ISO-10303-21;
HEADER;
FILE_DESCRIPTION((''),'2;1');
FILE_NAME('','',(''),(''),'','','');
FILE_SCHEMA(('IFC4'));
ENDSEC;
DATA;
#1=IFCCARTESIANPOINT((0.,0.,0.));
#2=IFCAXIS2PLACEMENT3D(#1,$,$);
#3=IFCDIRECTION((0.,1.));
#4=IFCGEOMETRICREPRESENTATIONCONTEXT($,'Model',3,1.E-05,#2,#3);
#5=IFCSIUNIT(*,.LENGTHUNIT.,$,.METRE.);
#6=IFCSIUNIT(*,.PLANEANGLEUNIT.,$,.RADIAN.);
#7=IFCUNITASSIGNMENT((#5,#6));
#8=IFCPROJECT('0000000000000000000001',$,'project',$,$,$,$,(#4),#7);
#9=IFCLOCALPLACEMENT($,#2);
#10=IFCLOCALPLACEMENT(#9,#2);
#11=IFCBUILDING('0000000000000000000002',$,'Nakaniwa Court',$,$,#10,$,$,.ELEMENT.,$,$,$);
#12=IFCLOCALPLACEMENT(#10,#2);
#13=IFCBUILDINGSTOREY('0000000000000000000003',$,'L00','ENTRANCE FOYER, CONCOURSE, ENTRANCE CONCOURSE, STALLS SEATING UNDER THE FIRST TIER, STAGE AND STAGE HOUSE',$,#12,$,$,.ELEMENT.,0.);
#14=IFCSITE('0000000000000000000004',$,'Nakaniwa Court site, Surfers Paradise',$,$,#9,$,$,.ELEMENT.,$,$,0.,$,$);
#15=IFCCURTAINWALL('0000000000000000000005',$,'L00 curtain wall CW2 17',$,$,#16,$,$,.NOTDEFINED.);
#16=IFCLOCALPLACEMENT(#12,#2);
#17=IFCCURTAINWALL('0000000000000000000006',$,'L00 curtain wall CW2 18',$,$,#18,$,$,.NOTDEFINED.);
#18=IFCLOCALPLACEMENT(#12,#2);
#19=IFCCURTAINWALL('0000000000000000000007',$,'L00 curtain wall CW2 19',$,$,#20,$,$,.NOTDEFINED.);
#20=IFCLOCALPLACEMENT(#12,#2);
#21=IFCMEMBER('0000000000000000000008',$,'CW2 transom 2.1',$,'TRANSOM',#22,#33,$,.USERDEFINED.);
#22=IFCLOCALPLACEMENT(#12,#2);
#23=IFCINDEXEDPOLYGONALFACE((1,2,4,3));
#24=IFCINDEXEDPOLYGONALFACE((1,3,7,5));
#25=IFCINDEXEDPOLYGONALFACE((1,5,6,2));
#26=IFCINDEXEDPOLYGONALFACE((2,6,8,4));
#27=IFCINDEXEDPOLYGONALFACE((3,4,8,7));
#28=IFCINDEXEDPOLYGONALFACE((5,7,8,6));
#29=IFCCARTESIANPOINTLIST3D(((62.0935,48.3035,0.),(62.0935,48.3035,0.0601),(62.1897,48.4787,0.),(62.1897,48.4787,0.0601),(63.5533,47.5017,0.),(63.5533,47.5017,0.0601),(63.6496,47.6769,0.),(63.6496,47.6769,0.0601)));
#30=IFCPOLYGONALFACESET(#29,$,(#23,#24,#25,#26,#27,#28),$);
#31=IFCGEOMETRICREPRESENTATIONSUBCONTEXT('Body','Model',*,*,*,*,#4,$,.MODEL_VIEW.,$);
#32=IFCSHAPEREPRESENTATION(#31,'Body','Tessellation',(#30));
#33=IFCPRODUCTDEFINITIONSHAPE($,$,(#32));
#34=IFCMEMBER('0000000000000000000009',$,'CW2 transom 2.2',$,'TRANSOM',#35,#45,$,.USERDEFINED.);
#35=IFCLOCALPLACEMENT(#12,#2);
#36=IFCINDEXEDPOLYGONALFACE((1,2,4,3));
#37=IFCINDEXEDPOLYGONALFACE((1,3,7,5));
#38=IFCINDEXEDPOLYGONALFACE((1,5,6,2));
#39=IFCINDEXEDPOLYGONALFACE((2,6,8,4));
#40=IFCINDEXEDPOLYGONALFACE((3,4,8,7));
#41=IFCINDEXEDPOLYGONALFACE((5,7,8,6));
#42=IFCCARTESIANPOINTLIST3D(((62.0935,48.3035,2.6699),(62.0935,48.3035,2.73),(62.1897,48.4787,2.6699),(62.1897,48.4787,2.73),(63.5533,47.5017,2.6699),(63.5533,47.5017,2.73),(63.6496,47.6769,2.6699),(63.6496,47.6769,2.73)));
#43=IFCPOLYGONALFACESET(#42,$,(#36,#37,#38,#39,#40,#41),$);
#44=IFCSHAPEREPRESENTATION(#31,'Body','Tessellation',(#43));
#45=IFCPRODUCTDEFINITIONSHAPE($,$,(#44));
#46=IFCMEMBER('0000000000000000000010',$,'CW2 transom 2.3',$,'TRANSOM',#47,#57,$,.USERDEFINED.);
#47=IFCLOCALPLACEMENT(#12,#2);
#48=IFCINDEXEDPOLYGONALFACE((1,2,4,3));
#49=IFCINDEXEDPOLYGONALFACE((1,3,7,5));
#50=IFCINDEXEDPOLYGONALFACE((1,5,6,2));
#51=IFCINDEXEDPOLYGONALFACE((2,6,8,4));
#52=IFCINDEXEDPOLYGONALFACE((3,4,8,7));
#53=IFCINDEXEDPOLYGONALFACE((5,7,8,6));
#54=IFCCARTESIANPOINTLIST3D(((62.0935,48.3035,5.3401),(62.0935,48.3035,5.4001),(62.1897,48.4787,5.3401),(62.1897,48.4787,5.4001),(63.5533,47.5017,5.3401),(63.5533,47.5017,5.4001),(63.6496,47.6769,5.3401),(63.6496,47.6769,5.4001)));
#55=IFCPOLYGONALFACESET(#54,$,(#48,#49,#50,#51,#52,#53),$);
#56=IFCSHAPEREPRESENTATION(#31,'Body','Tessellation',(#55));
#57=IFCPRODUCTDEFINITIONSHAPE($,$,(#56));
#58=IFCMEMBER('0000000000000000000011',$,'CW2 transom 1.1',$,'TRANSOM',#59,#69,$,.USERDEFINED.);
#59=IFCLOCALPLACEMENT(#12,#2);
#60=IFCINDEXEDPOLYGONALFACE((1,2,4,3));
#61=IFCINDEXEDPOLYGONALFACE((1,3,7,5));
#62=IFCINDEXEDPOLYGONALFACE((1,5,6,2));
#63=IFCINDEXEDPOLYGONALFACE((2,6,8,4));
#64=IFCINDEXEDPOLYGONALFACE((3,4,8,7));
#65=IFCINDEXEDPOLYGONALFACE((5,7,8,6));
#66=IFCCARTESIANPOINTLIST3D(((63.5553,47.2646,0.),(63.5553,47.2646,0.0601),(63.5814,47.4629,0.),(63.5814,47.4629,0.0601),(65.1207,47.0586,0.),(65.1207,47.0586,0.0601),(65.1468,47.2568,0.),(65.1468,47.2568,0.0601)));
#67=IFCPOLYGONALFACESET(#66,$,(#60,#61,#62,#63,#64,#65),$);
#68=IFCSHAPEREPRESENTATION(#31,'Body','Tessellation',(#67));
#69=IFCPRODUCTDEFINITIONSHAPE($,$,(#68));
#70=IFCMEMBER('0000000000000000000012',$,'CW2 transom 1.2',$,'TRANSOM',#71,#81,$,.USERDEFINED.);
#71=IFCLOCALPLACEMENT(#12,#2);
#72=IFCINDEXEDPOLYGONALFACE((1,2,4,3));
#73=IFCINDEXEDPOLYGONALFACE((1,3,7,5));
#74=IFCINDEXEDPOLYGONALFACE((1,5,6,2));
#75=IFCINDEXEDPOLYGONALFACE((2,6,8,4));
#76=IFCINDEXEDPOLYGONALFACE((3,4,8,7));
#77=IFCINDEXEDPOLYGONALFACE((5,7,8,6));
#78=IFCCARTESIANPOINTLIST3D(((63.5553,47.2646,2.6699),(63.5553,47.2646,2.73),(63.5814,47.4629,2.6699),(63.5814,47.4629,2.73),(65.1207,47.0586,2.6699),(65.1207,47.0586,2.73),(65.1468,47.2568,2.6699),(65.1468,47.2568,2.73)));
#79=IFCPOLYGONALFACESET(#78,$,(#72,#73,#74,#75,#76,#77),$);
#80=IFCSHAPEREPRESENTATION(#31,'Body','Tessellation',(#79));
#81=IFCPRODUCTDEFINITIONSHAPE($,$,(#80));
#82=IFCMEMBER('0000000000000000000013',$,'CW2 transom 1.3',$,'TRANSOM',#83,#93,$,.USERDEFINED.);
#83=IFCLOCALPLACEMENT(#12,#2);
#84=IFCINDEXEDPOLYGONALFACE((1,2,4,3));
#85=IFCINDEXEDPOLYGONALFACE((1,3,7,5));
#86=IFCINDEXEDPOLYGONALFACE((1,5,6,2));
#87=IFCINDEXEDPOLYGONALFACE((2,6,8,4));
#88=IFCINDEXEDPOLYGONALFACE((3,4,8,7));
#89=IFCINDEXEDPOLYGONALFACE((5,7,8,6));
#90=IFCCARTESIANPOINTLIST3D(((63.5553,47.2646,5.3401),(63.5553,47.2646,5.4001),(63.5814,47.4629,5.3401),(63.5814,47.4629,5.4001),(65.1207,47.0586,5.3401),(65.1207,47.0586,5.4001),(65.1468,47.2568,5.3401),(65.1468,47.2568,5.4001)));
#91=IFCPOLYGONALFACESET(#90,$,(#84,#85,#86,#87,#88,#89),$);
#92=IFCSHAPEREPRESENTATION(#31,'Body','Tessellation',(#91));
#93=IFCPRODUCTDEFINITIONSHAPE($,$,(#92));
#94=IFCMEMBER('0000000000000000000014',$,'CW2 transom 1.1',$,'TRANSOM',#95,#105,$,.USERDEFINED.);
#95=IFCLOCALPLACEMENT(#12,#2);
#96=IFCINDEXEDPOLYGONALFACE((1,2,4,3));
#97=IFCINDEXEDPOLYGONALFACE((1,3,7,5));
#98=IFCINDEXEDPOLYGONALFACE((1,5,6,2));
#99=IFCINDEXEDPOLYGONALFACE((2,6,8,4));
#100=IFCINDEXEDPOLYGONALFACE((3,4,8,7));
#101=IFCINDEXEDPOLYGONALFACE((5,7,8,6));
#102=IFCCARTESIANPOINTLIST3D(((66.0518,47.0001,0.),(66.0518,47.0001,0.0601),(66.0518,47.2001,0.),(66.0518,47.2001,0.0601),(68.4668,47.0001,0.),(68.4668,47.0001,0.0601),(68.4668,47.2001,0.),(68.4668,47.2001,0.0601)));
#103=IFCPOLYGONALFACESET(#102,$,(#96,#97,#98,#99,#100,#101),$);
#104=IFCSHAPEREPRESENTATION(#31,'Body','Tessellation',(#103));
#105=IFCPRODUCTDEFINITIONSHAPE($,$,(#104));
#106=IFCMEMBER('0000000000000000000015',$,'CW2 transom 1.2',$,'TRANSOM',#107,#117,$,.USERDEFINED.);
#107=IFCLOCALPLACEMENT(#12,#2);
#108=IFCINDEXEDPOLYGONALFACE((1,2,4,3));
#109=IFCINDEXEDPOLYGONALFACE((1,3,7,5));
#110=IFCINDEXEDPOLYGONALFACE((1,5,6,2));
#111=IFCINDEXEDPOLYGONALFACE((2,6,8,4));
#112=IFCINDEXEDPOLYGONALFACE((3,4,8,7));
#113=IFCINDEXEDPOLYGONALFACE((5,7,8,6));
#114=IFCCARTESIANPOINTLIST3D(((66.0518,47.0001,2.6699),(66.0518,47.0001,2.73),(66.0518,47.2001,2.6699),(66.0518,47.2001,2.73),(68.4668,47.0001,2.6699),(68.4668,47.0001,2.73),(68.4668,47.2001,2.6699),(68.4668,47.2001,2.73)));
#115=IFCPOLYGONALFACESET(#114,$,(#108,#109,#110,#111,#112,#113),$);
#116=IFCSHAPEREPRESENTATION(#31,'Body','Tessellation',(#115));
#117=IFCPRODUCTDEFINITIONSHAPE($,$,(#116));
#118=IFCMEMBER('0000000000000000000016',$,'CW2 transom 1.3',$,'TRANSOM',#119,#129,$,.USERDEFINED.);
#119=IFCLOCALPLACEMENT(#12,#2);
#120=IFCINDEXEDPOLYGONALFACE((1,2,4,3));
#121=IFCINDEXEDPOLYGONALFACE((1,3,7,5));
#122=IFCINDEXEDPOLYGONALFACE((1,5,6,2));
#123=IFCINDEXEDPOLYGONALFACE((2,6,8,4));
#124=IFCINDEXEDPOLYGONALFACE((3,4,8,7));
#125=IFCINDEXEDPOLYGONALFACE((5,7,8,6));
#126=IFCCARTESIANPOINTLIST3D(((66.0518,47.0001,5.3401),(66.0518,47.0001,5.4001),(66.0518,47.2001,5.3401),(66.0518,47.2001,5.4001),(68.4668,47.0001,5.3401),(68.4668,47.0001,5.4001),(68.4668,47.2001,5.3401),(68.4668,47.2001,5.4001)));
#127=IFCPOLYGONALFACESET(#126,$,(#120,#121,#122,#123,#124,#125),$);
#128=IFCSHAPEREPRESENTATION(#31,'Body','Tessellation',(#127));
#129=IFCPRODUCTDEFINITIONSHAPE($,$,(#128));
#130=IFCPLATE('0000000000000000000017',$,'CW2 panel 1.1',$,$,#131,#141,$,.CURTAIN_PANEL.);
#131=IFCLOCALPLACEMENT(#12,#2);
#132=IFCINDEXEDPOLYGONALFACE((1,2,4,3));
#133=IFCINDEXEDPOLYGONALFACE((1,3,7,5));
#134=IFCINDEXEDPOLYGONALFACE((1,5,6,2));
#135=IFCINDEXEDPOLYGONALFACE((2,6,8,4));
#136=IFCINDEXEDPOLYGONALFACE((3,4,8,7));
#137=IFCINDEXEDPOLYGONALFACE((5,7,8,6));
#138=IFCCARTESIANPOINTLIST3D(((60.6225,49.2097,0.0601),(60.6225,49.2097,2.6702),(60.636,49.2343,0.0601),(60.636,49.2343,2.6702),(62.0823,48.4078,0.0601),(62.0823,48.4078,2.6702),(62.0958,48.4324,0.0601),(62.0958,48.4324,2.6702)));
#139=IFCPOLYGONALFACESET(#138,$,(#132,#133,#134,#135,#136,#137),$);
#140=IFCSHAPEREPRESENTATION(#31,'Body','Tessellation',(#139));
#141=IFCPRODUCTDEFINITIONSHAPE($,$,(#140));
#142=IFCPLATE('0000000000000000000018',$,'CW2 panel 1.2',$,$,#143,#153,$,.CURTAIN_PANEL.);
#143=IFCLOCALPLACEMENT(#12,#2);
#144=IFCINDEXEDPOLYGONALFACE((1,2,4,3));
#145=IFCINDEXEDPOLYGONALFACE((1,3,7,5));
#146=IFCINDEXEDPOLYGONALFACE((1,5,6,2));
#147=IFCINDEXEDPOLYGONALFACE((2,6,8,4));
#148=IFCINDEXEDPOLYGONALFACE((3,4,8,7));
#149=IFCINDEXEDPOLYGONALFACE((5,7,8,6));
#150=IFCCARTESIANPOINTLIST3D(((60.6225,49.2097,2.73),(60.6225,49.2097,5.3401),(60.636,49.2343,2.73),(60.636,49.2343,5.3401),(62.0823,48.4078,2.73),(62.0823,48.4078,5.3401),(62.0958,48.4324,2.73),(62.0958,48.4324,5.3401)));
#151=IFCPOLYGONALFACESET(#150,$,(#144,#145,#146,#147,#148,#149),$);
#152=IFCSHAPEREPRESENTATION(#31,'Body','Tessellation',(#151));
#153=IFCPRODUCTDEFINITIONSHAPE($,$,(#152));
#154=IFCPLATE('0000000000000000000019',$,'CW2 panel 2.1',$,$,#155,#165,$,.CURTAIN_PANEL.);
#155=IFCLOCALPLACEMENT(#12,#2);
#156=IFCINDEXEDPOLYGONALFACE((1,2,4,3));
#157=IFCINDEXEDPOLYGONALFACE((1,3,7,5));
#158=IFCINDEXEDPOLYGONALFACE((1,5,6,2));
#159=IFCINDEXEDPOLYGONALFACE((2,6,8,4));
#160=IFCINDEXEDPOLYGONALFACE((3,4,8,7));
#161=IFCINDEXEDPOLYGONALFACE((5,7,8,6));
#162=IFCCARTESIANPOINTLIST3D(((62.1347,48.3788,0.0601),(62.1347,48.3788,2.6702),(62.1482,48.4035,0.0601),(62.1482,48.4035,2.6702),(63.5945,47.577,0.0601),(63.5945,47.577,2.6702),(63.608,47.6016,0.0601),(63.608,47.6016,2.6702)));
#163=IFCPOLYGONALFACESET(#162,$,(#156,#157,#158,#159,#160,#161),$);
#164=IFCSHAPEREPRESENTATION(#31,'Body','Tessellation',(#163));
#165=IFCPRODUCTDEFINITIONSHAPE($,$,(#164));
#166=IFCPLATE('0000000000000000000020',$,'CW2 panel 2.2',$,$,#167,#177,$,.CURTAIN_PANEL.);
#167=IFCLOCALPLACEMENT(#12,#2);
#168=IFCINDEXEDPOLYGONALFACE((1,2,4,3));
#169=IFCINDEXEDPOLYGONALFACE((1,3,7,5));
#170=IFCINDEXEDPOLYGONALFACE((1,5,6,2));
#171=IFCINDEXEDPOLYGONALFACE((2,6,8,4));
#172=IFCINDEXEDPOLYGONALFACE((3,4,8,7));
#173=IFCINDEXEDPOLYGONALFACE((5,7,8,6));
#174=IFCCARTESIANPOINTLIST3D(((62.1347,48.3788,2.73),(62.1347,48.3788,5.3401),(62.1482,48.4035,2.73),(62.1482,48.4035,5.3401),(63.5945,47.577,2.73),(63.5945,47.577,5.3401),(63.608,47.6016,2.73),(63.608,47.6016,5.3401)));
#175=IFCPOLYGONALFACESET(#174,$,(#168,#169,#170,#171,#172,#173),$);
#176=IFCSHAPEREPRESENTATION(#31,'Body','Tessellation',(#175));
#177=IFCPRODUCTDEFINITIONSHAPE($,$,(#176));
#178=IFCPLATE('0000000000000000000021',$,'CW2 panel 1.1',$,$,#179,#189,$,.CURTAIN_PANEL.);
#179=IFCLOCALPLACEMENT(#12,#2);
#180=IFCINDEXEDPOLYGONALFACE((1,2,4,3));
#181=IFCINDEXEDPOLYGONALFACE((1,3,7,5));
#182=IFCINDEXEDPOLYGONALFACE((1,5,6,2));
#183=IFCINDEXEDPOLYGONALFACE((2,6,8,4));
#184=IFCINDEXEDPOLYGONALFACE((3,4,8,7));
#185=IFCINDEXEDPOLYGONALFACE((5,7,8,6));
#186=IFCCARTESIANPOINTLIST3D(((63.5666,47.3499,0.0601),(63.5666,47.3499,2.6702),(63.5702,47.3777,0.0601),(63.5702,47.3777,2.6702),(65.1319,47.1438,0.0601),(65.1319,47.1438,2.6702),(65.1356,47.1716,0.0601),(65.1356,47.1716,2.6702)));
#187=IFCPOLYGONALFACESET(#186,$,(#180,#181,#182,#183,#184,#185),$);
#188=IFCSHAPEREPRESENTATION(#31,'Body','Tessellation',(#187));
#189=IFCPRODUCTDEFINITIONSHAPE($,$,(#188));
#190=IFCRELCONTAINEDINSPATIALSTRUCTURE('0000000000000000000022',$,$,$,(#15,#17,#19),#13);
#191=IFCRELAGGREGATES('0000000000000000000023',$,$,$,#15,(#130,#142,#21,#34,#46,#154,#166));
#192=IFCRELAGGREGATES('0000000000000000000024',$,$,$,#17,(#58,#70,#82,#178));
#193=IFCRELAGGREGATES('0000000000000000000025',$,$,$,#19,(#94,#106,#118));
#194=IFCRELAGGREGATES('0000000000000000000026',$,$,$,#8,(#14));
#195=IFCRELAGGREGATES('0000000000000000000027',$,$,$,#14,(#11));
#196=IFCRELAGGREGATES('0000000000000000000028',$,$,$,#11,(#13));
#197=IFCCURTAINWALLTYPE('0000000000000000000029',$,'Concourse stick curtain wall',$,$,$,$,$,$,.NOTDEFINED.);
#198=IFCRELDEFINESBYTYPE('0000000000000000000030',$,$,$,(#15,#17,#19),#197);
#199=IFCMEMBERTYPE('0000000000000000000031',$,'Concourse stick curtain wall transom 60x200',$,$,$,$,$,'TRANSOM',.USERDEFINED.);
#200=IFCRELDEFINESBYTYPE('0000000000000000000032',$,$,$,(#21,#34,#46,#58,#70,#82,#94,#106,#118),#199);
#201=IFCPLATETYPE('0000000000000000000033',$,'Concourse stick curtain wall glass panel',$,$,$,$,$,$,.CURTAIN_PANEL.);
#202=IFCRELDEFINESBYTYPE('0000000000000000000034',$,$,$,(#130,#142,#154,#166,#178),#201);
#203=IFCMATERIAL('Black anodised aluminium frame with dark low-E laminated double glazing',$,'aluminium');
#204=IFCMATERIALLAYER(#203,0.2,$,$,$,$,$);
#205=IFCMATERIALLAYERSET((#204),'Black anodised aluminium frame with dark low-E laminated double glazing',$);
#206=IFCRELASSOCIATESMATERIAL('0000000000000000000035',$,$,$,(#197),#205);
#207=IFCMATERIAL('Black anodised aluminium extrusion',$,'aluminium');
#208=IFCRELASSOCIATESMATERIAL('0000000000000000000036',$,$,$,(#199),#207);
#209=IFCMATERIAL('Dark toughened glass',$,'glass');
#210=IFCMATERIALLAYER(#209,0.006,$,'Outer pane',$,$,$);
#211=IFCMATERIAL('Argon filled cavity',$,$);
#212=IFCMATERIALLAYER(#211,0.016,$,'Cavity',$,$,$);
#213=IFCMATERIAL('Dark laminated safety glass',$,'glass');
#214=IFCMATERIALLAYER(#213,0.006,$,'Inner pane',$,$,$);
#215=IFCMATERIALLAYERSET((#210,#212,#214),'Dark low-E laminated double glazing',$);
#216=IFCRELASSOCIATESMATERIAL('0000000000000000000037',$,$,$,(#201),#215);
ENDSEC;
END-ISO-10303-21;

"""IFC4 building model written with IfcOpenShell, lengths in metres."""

from ifc_helpers import new_model, si_unit, direction, frame, origin, origin_2d, place, context, subcontext, project, spatial, rectangle, extrude, material, layer, layer_set, material_profile, profile_set, type_object, element, aggregate, save


model = new_model("IFC4")

# Units and contexts
model_context = context("Model", 3, precision=1e-05, world=origin(), true_north=direction((0.0, 1.0)))
body_context = subcontext(model_context, "Body", "Model", "MODEL_VIEW")
ifc_project = project(units=[si_unit("LENGTHUNIT", "METRE"), si_unit("PLANEANGLEUNIT", "RADIAN")], contexts=[model_context])

# Site, building, storey
site_placement = place(None, origin())
site = spatial("IfcSite", under=ifc_project, at=site_placement, Name="Nakaniwa Court site, Surfers Paradise", CompositionType="ELEMENT", RefElevation=0.0)
building_placement = place(site_placement, origin())
building = spatial("IfcBuilding", under=site, at=building_placement, Name="Nakaniwa Court", CompositionType="ELEMENT")
storey_placement = place(building_placement, origin())
storey = spatial("IfcBuildingStorey", under=building, at=storey_placement, Name="L00", Description="ENTRANCE FOYER, CONCOURSE, ENTRANCE CONCOURSE, STALLS SEATING UNDER THE FIRST TIER, STAGE AND STAGE HOUSE", CompositionType="ELEMENT", Elevation=0.0)

# Curtain walls
ifc_material_1 = material(Name="Black anodised aluminium frame with dark low-E laminated double glazing", Category="aluminium")
ifc_layer_1 = layer(ifc_material_1, 0.2)
ifc_layer_set_1 = layer_set([ifc_layer_1], Name="Black anodised aluminium frame with dark low-E laminated double glazing")
curtain_wall_type = type_object("IfcCurtainWallType", Name="Concourse stick curtain wall", PredefinedType="NOTDEFINED", material=ifc_layer_set_1)
curtain_wall_1_placement = place(storey_placement, origin())
curtain_wall_1 = element("IfcCurtainWall", 1, at=curtain_wall_1_placement, inside=storey, type_object=curtain_wall_type, Name="L00 curtain wall CW2 17", PredefinedType="NOTDEFINED")
ifc_material_2 = material(Name="Black anodised aluminium extrusion", Category="aluminium")
curtain_wall_2_placement = place(storey_placement, origin())
curtain_wall_2 = element("IfcCurtainWall", 2, at=curtain_wall_2_placement, inside=storey, type_object=curtain_wall_type, Name="L00 curtain wall CW2 18", PredefinedType="NOTDEFINED")

# Curtain wall
curtain_wall_3_placement = place(storey_placement, origin())
curtain_wall_3 = element("IfcCurtainWall", 3, at=curtain_wall_3_placement, inside=storey, type_object=curtain_wall_type, Name="L00 curtain wall CW2 19", PredefinedType="NOTDEFINED")

# Members
ifc_material_profile_1 = material_profile(ifc_material_2, rectangle(XDim=0.2, YDim=0.0601, at=origin_2d()), Name="Concourse stick curtain wall transom 60x200")
ifc_profile_set_1 = profile_set([ifc_material_profile_1], Name="Black anodised aluminium extrusion")
member_type_1 = type_object("IfcMemberType", Name="Concourse stick curtain wall transom 60x200", ElementType="TRANSOM", PredefinedType="USERDEFINED", material=ifc_profile_set_1)
member_1_placement = place(storey_placement, frame((62.1416, 48.3911, 0.03), z_axis=(0.876491, -0.481418, 0.0), x_axis=(0.481418, 0.876491, 0.0)))
member_1 = element("IfcMember", 4, at=member_1_placement, type_object=member_type_1, Name="CW2 transom 2.1", ObjectType="TRANSOM", PredefinedType="USERDEFINED", context=body_context, shape_type="SweptSolid", body=[
    extrude(rectangle(XDim=0.2, YDim=0.0601, at=origin_2d()), origin(), (0.0, 0.0, 1.0), 1.6655),
])
member_2_placement = place(storey_placement, frame((62.1416, 48.3911, 2.7), z_axis=(0.876491, -0.481418, 0.0), x_axis=(0.481418, 0.876491, 0.0)))
member_2 = element("IfcMember", 5, at=member_2_placement, type_object=member_type_1, Name="CW2 transom 2.2", ObjectType="TRANSOM", PredefinedType="USERDEFINED", context=body_context, shape_type="SweptSolid", body=[
    extrude(rectangle(XDim=0.2, YDim=0.0601, at=origin_2d()), origin(), (0.0, 0.0, 1.0), 1.6655),
])
member_3_placement = place(storey_placement, frame((62.1416, 48.3911, 5.3701), z_axis=(0.876491, -0.481418, 0.0), x_axis=(0.481418, 0.876491, 0.0)))
member_3 = element("IfcMember", 6, at=member_3_placement, type_object=member_type_1, Name="CW2 transom 2.3", ObjectType="TRANSOM", PredefinedType="USERDEFINED", context=body_context, shape_type="SweptSolid", body=[
    extrude(rectangle(XDim=0.2, YDim=0.0601, at=origin_2d()), origin(), (0.0, 0.0, 1.0), 1.6655),
])
member_4_placement = place(storey_placement, frame((63.5684, 47.3638, 0.03), z_axis=(0.991448, -0.130503, 0.0), x_axis=(0.130503, 0.991448, 0.0)))
member_4 = element("IfcMember", 7, at=member_4_placement, type_object=member_type_1, Name="CW2 transom 1.1", ObjectType="TRANSOM", PredefinedType="USERDEFINED", context=body_context, shape_type="SweptSolid", body=[
    extrude(rectangle(XDim=0.2, YDim=0.0601, at=origin_2d()), origin(), (0.0, 0.0, 1.0), 1.5789),
])
member_5_placement = place(storey_placement, frame((63.5684, 47.3638, 2.7), z_axis=(0.991448, -0.130503, 0.0), x_axis=(0.130503, 0.991448, 0.0)))
member_5 = element("IfcMember", 8, at=member_5_placement, type_object=member_type_1, Name="CW2 transom 1.2", ObjectType="TRANSOM", PredefinedType="USERDEFINED", context=body_context, shape_type="SweptSolid", body=[
    extrude(rectangle(XDim=0.2, YDim=0.0601, at=origin_2d()), origin(), (0.0, 0.0, 1.0), 1.5789),
])
member_6_placement = place(storey_placement, frame((63.5684, 47.3638, 5.3701), z_axis=(0.991448, -0.130503, 0.0), x_axis=(0.130503, 0.991448, 0.0)))
member_6 = element("IfcMember", 9, at=member_6_placement, type_object=member_type_1, Name="CW2 transom 1.3", ObjectType="TRANSOM", PredefinedType="USERDEFINED", context=body_context, shape_type="SweptSolid", body=[
    extrude(rectangle(XDim=0.2, YDim=0.0601, at=origin_2d()), origin(), (0.0, 0.0, 1.0), 1.5789),
])
member_7_placement = place(storey_placement, frame((66.0518, 47.1001, 0.03), z_axis=(1.0, 0.0, 0.0), x_axis=(0.0, 1.0, 0.0)))
member_7 = element("IfcMember", 10, at=member_7_placement, type_object=member_type_1, Name="CW2 transom 1.1", ObjectType="TRANSOM", PredefinedType="USERDEFINED", context=body_context, shape_type="SweptSolid", body=[
    extrude(rectangle(XDim=0.2, YDim=0.0601, at=origin_2d()), origin(), (0.0, 0.0, 1.0), 2.415),
])
member_8_placement = place(storey_placement, frame((66.0518, 47.1001, 2.7), z_axis=(1.0, 0.0, 0.0), x_axis=(0.0, 1.0, 0.0)))
member_8 = element("IfcMember", 11, at=member_8_placement, type_object=member_type_1, Name="CW2 transom 1.2", ObjectType="TRANSOM", PredefinedType="USERDEFINED", context=body_context, shape_type="SweptSolid", body=[
    extrude(rectangle(XDim=0.2, YDim=0.0601, at=origin_2d()), origin(), (0.0, 0.0, 1.0), 2.415),
])
member_9_placement = place(storey_placement, frame((66.0518, 47.1001, 5.3701), z_axis=(1.0, 0.0, 0.0), x_axis=(0.0, 1.0, 0.0)))
member_9 = element("IfcMember", 12, at=member_9_placement, type_object=member_type_1, Name="CW2 transom 1.3", ObjectType="TRANSOM", PredefinedType="USERDEFINED", context=body_context, shape_type="SweptSolid", body=[
    extrude(rectangle(XDim=0.2, YDim=0.0601, at=origin_2d()), origin(), (0.0, 0.0, 1.0), 2.415),
])

# Plates
ifc_material_3 = material(Name="Dark toughened glass", Category="glass")
ifc_layer_2 = layer(ifc_material_3, 0.006, Name="Outer pane")
ifc_material_4 = material(Name="Argon filled cavity")
ifc_layer_3 = layer(ifc_material_4, 0.016, Name="Cavity")
ifc_material_5 = material(Name="Dark laminated safety glass", Category="glass")
ifc_layer_4 = layer(ifc_material_5, 0.006, Name="Inner pane")
ifc_layer_set_2 = layer_set([ifc_layer_2, ifc_layer_3, ifc_layer_4], Name="Dark low-E laminated double glazing")
plate_type = type_object("IfcPlateType", Name="Concourse stick curtain wall glass panel", PredefinedType="CURTAIN_PANEL", material=ifc_layer_set_2)
plate_1_placement = place(storey_placement, frame((61.3591, 48.821, 0.0601), z_axis=(0.0, 0.0, 1.0), x_axis=(0.876488, -0.481424, 0.0)))
plate_1 = element("IfcPlate", 13, at=plate_1_placement, type_object=plate_type, Name="CW2 panel 1.1", PredefinedType="CURTAIN_PANEL", context=body_context, shape_type="SweptSolid", body=[
    extrude(rectangle(XDim=1.6655, YDim=0.0281, at=origin_2d()), origin(), (0.0, 0.0, 1.0), 2.6101),
])
plate_2_placement = place(storey_placement, frame((61.3591, 48.821, 2.73), z_axis=(0.0, 0.0, 1.0), x_axis=(0.876488, -0.481424, 0.0)))
plate_2 = element("IfcPlate", 14, at=plate_2_placement, type_object=plate_type, Name="CW2 panel 1.2", PredefinedType="CURTAIN_PANEL", context=body_context, shape_type="SweptSolid", body=[
    extrude(rectangle(XDim=1.6655, YDim=0.0281, at=origin_2d()), origin(), (0.0, 0.0, 1.0), 2.6101),
])
plate_3_placement = place(storey_placement, frame((62.8713, 47.9902, 0.0601), z_axis=(0.0, 0.0, 1.0), x_axis=(0.876488, -0.481424, 0.0)))
plate_3 = element("IfcPlate", 15, at=plate_3_placement, type_object=plate_type, Name="CW2 panel 2.1", PredefinedType="CURTAIN_PANEL", context=body_context, shape_type="SweptSolid", body=[
    extrude(rectangle(XDim=1.6655, YDim=0.0281, at=origin_2d()), origin(), (0.0, 0.0, 1.0), 2.6101),
])
plate_4_placement = place(storey_placement, frame((62.8713, 47.9902, 2.73), z_axis=(0.0, 0.0, 1.0), x_axis=(0.876488, -0.481424, 0.0)))
plate_4 = element("IfcPlate", 16, at=plate_4_placement, type_object=plate_type, Name="CW2 panel 2.2", PredefinedType="CURTAIN_PANEL", context=body_context, shape_type="SweptSolid", body=[
    extrude(rectangle(XDim=1.6655, YDim=0.0281, at=origin_2d()), origin(), (0.0, 0.0, 1.0), 2.6101),
])
aggregate(curtain_wall_1, [plate_1, plate_2, member_1, member_2, member_3, plate_3, plate_4])
plate_5_placement = place(storey_placement, frame((64.3511, 47.2607, 0.0601), z_axis=(0.0, 0.0, 1.0), x_axis=(0.991441, -0.130552, 0.0)))
plate_5 = element("IfcPlate", 17, at=plate_5_placement, type_object=plate_type, Name="CW2 panel 1.1", PredefinedType="CURTAIN_PANEL", context=body_context, shape_type="SweptSolid", body=[
    extrude(rectangle(XDim=1.5789, YDim=0.0281, at=origin_2d()), origin(), (0.0, 0.0, 1.0), 2.6101),
])
aggregate(curtain_wall_2, [member_4, member_5, member_6, plate_5])
aggregate(curtain_wall_3, [member_7, member_8, member_9])

save(model, "model.ifc")
